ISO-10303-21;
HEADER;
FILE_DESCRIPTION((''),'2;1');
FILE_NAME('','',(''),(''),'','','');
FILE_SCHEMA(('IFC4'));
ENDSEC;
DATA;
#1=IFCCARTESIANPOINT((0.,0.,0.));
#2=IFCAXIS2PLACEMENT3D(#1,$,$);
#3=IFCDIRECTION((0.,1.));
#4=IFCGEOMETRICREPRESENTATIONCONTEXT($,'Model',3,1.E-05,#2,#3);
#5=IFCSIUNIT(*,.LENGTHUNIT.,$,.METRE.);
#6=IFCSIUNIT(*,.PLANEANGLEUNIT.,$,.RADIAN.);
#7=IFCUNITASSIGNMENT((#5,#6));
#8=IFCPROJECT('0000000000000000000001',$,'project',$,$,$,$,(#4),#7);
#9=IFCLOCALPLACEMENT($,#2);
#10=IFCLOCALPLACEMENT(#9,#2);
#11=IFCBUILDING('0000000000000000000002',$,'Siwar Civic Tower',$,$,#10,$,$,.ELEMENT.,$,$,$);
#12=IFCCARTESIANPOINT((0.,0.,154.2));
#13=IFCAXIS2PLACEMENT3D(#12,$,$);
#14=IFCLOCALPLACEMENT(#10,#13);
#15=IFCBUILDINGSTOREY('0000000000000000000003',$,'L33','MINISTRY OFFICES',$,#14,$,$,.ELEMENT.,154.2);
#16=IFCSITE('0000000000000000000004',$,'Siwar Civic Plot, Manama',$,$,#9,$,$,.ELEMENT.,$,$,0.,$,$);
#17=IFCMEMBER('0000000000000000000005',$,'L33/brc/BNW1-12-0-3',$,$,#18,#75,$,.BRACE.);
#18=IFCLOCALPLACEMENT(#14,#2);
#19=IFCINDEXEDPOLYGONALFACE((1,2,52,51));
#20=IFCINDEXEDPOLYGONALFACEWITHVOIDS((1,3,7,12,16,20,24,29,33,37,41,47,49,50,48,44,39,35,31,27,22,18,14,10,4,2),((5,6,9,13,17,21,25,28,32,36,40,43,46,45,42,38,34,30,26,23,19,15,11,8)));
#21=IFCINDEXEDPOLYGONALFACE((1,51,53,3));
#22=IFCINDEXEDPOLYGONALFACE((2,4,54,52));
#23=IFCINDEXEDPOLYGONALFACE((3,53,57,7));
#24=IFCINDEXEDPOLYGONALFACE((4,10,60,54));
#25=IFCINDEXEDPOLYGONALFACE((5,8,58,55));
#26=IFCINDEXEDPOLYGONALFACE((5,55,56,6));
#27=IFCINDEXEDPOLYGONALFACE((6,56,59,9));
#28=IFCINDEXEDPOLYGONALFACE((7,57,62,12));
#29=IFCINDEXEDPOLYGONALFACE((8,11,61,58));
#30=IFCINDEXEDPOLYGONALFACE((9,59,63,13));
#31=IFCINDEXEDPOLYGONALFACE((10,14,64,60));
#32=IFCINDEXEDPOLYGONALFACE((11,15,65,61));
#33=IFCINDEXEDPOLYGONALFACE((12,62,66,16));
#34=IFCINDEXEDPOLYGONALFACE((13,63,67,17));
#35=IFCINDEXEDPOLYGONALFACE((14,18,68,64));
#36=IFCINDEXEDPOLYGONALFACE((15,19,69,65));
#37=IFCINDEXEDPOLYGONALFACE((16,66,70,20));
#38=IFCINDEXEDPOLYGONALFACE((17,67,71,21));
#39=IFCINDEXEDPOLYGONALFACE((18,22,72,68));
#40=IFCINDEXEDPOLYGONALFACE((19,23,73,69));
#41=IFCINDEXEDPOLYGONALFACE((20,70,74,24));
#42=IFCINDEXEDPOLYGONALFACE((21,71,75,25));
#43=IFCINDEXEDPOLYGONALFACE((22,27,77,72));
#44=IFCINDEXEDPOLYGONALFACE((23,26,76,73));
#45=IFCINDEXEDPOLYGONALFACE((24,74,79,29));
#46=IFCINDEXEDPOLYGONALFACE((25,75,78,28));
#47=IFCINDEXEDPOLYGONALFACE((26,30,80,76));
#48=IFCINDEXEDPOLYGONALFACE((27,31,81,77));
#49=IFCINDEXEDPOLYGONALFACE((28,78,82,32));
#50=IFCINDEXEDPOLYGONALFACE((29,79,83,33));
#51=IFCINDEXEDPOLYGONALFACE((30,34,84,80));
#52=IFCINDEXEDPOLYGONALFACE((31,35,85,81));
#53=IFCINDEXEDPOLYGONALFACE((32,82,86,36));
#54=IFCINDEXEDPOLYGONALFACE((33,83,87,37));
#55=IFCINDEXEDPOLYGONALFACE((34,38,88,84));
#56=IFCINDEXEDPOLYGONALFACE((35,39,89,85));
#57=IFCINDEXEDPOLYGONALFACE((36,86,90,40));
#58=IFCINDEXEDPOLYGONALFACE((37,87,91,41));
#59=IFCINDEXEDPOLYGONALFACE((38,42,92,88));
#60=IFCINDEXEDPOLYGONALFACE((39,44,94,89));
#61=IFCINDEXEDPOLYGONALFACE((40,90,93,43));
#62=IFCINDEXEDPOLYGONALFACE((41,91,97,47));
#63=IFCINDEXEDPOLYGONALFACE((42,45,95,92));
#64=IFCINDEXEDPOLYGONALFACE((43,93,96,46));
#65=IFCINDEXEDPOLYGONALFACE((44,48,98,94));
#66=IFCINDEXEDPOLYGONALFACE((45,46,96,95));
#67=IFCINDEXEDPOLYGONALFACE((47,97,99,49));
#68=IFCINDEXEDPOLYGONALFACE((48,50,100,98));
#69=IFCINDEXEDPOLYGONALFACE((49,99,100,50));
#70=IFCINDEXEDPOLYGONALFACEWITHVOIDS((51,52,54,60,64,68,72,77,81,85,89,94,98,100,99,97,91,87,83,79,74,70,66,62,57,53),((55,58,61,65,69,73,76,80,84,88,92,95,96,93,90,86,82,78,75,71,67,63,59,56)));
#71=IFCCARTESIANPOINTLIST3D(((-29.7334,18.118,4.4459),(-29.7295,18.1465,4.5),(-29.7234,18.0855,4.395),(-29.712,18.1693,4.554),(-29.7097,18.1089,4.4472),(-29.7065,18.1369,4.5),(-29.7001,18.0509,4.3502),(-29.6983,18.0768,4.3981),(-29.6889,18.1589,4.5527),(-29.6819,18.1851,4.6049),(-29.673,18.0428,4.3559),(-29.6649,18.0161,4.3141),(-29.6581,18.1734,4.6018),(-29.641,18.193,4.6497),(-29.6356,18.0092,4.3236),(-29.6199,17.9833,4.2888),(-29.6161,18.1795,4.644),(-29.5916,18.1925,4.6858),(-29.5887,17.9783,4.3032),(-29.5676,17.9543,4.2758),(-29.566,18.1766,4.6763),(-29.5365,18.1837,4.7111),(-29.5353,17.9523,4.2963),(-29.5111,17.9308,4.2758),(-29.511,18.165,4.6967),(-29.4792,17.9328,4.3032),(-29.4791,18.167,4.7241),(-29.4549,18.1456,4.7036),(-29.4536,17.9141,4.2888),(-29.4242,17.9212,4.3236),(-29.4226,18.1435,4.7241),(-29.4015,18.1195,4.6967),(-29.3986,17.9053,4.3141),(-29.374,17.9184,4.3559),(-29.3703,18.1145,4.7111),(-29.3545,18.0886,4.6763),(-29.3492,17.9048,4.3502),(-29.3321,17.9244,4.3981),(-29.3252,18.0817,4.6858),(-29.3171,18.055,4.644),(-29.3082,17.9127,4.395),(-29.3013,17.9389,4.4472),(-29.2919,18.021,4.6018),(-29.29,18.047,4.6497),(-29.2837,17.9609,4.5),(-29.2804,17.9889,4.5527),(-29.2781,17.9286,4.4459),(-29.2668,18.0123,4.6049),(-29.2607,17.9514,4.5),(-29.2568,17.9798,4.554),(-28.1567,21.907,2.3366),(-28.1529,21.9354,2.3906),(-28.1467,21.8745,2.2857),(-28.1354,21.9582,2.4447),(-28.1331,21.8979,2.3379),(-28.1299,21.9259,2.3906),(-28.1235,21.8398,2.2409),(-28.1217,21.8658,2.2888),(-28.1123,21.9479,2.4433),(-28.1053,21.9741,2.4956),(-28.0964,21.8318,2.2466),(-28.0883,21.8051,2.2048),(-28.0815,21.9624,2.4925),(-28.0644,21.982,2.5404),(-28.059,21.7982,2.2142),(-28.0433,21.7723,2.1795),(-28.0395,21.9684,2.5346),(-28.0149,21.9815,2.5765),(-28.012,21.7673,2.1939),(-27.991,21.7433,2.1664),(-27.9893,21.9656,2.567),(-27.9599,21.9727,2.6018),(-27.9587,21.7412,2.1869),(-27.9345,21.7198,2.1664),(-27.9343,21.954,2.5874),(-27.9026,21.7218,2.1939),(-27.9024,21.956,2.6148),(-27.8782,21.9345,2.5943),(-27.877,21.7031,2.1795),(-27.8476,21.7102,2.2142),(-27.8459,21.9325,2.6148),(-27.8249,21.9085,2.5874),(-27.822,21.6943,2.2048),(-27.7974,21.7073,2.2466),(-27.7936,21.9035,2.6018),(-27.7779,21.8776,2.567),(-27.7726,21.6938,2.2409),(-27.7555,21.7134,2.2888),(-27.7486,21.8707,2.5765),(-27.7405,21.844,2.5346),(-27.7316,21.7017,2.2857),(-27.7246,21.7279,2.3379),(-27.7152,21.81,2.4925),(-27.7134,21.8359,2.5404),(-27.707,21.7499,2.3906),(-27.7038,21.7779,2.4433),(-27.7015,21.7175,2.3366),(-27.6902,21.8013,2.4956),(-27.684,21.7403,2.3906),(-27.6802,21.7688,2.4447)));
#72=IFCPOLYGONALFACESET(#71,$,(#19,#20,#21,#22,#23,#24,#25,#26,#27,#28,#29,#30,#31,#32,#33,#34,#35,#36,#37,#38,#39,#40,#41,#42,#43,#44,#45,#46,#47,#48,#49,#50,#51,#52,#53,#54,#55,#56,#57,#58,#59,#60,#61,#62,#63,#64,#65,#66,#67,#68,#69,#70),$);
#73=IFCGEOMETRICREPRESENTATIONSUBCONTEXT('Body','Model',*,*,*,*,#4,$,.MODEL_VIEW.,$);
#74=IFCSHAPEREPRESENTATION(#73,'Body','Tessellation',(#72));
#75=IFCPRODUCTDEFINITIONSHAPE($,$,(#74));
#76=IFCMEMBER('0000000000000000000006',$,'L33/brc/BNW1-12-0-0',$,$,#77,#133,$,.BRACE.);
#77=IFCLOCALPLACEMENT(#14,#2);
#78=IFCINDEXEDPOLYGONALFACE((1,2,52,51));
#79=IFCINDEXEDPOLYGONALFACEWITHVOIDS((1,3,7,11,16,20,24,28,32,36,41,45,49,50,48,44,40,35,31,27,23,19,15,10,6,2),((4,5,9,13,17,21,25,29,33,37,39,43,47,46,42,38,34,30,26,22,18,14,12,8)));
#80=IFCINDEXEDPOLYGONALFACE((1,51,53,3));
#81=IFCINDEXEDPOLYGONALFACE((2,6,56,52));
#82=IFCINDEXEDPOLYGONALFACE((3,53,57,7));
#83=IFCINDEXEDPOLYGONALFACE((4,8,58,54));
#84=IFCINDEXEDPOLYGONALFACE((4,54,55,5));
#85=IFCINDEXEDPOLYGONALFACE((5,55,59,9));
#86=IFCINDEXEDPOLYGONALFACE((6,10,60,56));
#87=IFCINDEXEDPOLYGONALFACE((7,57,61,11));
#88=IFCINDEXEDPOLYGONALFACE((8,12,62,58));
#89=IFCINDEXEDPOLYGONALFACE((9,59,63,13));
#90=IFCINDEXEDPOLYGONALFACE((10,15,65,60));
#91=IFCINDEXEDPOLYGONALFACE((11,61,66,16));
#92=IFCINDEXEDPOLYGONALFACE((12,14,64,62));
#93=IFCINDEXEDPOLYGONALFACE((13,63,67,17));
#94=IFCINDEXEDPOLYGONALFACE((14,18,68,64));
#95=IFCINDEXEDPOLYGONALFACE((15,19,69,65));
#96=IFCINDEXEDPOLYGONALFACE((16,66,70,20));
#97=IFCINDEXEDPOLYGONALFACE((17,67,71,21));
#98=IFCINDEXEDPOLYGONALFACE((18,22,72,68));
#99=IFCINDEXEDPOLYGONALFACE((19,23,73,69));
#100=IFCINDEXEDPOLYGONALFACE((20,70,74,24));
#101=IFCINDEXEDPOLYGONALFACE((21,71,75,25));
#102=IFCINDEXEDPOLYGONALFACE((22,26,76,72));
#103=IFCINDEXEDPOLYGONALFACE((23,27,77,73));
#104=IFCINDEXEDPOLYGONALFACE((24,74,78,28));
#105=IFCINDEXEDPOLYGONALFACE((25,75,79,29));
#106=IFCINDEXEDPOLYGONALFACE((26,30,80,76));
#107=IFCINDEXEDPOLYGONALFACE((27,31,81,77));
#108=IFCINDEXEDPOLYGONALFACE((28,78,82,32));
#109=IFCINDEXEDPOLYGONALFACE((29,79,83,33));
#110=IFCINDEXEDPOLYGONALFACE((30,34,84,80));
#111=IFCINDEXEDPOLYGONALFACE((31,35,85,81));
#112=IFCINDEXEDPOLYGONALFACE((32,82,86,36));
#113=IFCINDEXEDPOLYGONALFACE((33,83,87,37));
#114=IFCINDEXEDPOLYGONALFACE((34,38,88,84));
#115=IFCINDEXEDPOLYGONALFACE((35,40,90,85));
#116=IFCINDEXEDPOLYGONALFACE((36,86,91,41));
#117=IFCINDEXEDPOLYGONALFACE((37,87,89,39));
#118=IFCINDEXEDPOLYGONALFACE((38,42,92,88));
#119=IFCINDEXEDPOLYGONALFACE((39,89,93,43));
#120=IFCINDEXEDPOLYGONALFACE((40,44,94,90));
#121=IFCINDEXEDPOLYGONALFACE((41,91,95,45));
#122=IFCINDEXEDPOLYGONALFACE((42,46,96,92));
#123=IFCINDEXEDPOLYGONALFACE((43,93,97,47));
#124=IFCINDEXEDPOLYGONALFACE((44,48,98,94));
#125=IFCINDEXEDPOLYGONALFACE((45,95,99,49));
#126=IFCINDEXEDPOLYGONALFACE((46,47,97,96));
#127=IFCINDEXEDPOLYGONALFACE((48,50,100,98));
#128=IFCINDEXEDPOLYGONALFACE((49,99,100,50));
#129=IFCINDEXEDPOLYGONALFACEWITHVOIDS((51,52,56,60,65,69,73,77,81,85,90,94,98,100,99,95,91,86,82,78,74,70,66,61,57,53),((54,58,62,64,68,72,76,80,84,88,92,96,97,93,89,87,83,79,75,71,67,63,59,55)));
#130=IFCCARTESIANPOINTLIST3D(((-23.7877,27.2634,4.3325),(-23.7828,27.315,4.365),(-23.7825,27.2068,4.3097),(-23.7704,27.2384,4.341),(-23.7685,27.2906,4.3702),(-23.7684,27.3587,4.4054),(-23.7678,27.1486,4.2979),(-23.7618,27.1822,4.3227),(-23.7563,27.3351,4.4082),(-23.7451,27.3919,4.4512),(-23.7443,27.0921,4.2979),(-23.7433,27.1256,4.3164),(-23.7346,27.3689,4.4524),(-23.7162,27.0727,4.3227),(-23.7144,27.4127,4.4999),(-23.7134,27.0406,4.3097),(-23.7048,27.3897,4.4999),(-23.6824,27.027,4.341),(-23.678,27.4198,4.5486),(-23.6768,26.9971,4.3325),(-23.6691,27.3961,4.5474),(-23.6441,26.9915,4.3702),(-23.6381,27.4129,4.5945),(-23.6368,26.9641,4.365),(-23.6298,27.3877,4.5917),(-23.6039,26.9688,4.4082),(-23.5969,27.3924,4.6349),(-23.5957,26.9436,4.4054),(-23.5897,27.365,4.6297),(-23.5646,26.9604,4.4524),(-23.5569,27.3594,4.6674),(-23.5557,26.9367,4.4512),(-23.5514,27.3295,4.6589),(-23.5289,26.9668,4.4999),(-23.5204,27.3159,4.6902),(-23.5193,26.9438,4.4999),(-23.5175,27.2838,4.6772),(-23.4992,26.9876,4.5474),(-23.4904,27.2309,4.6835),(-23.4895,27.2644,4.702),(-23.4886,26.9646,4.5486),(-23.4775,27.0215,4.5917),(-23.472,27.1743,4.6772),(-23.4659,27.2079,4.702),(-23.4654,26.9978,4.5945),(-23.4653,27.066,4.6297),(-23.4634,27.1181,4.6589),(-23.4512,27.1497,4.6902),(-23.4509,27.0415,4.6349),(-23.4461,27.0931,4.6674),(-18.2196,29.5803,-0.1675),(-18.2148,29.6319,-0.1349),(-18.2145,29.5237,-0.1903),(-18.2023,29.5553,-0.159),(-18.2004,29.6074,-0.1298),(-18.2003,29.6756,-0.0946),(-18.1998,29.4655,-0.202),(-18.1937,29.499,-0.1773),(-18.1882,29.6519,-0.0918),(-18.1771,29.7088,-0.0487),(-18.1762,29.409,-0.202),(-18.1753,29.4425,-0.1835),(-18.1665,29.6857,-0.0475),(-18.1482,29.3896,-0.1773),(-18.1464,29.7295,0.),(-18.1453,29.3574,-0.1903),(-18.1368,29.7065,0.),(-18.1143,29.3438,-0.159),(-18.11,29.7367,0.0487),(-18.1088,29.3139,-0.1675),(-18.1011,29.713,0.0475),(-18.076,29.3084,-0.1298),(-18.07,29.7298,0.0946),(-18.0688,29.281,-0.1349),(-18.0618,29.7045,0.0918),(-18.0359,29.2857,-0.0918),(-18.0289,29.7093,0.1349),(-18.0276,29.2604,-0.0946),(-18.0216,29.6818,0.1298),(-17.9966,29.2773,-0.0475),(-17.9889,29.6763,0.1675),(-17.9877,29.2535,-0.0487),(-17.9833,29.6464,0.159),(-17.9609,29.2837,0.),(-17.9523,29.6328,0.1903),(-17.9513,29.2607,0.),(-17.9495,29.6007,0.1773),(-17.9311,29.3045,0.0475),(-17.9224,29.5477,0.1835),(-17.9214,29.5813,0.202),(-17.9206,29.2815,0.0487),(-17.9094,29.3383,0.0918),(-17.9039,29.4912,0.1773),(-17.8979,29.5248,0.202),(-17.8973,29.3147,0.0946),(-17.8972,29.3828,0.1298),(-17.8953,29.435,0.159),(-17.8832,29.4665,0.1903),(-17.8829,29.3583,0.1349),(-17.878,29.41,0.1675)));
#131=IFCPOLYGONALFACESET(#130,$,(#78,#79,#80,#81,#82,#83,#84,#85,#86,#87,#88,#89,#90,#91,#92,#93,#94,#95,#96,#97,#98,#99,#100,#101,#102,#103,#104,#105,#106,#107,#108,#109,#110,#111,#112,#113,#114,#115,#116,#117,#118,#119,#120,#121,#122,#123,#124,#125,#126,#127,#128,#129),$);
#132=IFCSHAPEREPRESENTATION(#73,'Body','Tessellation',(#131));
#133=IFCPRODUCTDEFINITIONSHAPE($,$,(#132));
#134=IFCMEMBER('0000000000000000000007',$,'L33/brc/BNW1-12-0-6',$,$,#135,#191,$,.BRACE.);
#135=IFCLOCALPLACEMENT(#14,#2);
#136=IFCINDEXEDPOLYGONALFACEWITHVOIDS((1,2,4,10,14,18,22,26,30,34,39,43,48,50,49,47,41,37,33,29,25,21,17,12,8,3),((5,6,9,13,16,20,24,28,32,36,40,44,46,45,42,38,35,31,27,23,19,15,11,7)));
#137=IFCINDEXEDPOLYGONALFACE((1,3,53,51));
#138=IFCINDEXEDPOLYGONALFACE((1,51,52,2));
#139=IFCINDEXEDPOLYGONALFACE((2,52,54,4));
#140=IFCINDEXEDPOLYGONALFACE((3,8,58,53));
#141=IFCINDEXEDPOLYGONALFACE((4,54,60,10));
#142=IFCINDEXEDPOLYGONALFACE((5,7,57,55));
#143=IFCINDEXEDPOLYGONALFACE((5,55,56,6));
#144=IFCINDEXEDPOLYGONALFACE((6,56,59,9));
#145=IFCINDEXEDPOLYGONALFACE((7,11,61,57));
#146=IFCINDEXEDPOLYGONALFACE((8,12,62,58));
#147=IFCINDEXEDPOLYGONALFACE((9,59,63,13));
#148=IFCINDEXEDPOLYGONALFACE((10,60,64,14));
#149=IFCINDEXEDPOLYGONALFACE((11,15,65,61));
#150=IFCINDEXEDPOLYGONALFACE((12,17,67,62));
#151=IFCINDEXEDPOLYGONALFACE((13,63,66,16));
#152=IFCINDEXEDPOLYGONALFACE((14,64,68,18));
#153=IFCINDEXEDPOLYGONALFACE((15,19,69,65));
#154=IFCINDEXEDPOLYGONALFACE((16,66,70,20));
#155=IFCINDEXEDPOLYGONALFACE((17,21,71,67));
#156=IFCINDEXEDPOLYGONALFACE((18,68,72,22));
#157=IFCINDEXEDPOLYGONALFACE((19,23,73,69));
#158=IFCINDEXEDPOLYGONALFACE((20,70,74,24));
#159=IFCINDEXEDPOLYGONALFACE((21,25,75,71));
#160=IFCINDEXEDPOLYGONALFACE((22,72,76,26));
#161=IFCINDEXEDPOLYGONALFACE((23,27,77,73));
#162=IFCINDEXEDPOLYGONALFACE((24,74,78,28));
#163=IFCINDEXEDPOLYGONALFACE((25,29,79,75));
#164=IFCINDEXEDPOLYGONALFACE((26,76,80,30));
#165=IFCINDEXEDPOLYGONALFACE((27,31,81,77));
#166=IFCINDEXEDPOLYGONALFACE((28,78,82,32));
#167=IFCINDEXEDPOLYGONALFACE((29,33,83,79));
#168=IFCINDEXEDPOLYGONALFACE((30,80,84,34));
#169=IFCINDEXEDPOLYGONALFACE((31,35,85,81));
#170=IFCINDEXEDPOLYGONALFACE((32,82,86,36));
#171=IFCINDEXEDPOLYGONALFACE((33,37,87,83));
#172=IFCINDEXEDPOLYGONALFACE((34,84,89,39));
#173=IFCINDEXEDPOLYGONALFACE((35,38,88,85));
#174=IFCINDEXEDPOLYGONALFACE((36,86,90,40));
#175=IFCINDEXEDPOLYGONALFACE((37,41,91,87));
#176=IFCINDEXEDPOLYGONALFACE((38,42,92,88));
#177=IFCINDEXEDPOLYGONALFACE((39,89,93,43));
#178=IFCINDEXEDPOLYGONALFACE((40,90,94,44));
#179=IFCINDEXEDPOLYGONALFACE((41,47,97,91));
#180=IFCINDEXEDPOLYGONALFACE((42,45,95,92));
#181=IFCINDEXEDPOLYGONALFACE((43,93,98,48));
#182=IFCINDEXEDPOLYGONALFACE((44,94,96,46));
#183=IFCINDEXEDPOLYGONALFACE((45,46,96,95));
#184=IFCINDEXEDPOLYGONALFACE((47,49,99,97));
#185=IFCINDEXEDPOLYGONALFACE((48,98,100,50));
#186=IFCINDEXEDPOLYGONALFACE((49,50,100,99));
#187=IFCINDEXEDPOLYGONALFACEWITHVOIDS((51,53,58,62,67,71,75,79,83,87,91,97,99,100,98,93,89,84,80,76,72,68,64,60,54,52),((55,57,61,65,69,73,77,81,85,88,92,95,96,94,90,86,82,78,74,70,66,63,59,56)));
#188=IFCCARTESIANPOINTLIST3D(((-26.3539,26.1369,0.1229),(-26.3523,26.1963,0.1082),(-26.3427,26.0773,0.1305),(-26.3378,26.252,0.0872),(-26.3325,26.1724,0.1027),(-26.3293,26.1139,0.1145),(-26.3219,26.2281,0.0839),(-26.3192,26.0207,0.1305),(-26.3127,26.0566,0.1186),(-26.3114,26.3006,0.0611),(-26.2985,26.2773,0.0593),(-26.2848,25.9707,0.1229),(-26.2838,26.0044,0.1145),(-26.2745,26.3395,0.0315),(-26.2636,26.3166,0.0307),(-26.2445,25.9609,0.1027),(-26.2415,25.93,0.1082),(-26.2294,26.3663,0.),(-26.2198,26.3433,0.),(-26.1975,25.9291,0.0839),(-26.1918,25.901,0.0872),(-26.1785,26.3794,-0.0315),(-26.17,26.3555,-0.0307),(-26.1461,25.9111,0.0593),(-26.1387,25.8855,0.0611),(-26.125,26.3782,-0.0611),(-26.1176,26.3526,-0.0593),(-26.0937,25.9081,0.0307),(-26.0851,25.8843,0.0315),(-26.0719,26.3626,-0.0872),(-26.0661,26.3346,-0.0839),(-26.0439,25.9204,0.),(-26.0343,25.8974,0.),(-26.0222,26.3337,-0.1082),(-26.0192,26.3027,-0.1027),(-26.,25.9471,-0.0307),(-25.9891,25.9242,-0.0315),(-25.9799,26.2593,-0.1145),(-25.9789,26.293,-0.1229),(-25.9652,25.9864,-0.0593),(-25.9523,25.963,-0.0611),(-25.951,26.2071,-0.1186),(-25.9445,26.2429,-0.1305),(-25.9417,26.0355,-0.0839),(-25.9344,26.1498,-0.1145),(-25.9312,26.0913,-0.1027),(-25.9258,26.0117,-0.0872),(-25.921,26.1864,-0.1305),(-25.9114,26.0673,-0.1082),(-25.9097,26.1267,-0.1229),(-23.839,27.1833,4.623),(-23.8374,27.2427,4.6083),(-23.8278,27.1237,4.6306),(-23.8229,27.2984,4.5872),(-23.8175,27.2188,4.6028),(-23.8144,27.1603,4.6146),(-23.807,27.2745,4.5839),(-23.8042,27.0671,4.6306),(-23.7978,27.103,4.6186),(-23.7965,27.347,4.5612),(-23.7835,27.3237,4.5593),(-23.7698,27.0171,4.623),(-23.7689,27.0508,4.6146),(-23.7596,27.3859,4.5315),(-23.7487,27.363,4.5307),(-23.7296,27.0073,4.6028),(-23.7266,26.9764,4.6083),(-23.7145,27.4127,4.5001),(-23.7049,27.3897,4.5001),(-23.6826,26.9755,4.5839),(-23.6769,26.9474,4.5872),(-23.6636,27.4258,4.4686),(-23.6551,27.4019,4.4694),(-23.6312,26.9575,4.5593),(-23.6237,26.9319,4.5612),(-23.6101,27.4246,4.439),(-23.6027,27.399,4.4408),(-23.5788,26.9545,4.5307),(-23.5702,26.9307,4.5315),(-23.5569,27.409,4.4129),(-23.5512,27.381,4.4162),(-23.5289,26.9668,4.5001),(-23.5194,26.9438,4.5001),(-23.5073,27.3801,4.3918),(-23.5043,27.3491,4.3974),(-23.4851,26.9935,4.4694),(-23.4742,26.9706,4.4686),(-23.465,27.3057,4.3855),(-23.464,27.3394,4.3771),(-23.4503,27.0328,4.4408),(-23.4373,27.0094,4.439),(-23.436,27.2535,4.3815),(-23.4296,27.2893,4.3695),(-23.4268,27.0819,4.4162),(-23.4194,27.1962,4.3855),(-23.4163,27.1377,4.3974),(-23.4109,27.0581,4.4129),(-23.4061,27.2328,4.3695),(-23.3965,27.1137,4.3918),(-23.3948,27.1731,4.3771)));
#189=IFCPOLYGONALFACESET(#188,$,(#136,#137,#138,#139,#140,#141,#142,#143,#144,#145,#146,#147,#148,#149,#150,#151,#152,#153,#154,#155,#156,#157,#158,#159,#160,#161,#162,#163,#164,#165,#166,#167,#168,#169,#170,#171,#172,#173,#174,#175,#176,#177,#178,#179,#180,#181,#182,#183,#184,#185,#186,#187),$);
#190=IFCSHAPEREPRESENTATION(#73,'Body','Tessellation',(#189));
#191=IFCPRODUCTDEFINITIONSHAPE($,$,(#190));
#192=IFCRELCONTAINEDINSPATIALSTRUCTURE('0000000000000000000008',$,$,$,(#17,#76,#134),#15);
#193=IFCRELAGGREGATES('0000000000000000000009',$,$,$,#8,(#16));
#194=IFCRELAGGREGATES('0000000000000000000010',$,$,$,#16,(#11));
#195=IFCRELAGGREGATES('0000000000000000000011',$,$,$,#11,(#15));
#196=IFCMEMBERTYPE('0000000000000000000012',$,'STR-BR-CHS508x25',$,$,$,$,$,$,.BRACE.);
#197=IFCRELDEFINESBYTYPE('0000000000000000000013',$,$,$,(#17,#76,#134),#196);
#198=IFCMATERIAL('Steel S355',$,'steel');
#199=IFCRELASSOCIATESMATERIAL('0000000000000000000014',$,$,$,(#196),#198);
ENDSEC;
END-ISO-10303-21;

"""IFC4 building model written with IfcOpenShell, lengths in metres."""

from ifc_helpers import new_model, si_unit, direction, frame, origin, origin_2d, place, context, subcontext, project, spatial, hollow_circle, extrude, material, material_profile, profile_set, type_object, element, save


model = new_model("IFC4")

# Units and contexts
model_context = context("Model", 3, precision=1e-05, world=origin(), true_north=direction((0.0, 1.0)))
body_context = subcontext(model_context, "Body", "Model", "MODEL_VIEW")
ifc_project = project(units=[si_unit("LENGTHUNIT", "METRE"), si_unit("PLANEANGLEUNIT", "RADIAN")], contexts=[model_context])

# Site, building, storey
site_placement = place(None, origin())
site = spatial("IfcSite", under=ifc_project, at=site_placement, Name="Siwar Civic Plot, Manama", CompositionType="ELEMENT", RefElevation=0.0)
building_placement = place(site_placement, origin())
building = spatial("IfcBuilding", under=site, at=building_placement, Name="Siwar Civic Tower", CompositionType="ELEMENT")
storey_placement = place(building_placement, frame((0.0, 0.0, 154.2)))
storey = spatial("IfcBuildingStorey", under=building, at=storey_placement, Name="L33", Description="MINISTRY OFFICES", CompositionType="ELEMENT", Elevation=154.2)

# Members
ifc_material_1 = material(Name="Steel S355", Category="steel")
ifc_material_profile_1 = material_profile(ifc_material_1, hollow_circle(Radius=0.2539, WallThickness=0.0249, at=origin_2d()), Name="CHS508x25")
ifc_profile_set_1 = profile_set([ifc_material_profile_1], Name="Steel S355")
member_type_1 = type_object("IfcMemberType", Name="STR-BR-CHS508x25", PredefinedType="BRACE", material=ifc_profile_set_1)
member_1_placement = place(storey_placement, frame((-27.9185, 21.8379, 2.3906), z_axis=(-0.341686, -0.821146, 0.457133), x_axis=(0.92326, -0.384176, 0.0)))
element("IfcMember", 1, at=member_1_placement, inside=storey, type_object=member_type_1, Name="L33/brc/BNW1-12-0-3", PredefinedType="BRACE", context=body_context, shape_type="SweptSolid", body=[
    extrude(hollow_circle(Radius=0.2539, WallThickness=0.0249, at=origin_2d()), origin(), (0.0, 0.0, 1.0), 4.6143),
])
member_2_placement = place(storey_placement, frame((-18.0488, 29.4951, 0.0), z_axis=(-0.739973, -0.307903, 0.598026), x_axis=(0.38417, -0.923262, 0.0)))
element("IfcMember", 2, at=member_2_placement, inside=storey, type_object=member_type_1, Name="L33/brc/BNW1-12-0-0", PredefinedType="BRACE", context=body_context, shape_type="SweptSolid", body=[
    extrude(hollow_circle(Radius=0.2539, WallThickness=0.0249, at=origin_2d()), origin(), (0.0, 0.0, 1.0), 7.5247),
])
member_3_placement = place(storey_placement, frame((-26.1318, 26.1318, 0.0), z_axis=(0.478099, 0.198926, 0.855482), x_axis=(-0.384151, 0.92327, 0.0)))
element("IfcMember", 3, at=member_3_placement, inside=storey, type_object=member_type_1, Name="L33/brc/BNW1-12-0-6", PredefinedType="BRACE", context=body_context, shape_type="SweptSolid", body=[
    extrude(hollow_circle(Radius=0.2539, WallThickness=0.0249, at=origin_2d()), origin(), (0.0, 0.0, 1.0), 5.2603),
])

save(model, "model.ifc")
